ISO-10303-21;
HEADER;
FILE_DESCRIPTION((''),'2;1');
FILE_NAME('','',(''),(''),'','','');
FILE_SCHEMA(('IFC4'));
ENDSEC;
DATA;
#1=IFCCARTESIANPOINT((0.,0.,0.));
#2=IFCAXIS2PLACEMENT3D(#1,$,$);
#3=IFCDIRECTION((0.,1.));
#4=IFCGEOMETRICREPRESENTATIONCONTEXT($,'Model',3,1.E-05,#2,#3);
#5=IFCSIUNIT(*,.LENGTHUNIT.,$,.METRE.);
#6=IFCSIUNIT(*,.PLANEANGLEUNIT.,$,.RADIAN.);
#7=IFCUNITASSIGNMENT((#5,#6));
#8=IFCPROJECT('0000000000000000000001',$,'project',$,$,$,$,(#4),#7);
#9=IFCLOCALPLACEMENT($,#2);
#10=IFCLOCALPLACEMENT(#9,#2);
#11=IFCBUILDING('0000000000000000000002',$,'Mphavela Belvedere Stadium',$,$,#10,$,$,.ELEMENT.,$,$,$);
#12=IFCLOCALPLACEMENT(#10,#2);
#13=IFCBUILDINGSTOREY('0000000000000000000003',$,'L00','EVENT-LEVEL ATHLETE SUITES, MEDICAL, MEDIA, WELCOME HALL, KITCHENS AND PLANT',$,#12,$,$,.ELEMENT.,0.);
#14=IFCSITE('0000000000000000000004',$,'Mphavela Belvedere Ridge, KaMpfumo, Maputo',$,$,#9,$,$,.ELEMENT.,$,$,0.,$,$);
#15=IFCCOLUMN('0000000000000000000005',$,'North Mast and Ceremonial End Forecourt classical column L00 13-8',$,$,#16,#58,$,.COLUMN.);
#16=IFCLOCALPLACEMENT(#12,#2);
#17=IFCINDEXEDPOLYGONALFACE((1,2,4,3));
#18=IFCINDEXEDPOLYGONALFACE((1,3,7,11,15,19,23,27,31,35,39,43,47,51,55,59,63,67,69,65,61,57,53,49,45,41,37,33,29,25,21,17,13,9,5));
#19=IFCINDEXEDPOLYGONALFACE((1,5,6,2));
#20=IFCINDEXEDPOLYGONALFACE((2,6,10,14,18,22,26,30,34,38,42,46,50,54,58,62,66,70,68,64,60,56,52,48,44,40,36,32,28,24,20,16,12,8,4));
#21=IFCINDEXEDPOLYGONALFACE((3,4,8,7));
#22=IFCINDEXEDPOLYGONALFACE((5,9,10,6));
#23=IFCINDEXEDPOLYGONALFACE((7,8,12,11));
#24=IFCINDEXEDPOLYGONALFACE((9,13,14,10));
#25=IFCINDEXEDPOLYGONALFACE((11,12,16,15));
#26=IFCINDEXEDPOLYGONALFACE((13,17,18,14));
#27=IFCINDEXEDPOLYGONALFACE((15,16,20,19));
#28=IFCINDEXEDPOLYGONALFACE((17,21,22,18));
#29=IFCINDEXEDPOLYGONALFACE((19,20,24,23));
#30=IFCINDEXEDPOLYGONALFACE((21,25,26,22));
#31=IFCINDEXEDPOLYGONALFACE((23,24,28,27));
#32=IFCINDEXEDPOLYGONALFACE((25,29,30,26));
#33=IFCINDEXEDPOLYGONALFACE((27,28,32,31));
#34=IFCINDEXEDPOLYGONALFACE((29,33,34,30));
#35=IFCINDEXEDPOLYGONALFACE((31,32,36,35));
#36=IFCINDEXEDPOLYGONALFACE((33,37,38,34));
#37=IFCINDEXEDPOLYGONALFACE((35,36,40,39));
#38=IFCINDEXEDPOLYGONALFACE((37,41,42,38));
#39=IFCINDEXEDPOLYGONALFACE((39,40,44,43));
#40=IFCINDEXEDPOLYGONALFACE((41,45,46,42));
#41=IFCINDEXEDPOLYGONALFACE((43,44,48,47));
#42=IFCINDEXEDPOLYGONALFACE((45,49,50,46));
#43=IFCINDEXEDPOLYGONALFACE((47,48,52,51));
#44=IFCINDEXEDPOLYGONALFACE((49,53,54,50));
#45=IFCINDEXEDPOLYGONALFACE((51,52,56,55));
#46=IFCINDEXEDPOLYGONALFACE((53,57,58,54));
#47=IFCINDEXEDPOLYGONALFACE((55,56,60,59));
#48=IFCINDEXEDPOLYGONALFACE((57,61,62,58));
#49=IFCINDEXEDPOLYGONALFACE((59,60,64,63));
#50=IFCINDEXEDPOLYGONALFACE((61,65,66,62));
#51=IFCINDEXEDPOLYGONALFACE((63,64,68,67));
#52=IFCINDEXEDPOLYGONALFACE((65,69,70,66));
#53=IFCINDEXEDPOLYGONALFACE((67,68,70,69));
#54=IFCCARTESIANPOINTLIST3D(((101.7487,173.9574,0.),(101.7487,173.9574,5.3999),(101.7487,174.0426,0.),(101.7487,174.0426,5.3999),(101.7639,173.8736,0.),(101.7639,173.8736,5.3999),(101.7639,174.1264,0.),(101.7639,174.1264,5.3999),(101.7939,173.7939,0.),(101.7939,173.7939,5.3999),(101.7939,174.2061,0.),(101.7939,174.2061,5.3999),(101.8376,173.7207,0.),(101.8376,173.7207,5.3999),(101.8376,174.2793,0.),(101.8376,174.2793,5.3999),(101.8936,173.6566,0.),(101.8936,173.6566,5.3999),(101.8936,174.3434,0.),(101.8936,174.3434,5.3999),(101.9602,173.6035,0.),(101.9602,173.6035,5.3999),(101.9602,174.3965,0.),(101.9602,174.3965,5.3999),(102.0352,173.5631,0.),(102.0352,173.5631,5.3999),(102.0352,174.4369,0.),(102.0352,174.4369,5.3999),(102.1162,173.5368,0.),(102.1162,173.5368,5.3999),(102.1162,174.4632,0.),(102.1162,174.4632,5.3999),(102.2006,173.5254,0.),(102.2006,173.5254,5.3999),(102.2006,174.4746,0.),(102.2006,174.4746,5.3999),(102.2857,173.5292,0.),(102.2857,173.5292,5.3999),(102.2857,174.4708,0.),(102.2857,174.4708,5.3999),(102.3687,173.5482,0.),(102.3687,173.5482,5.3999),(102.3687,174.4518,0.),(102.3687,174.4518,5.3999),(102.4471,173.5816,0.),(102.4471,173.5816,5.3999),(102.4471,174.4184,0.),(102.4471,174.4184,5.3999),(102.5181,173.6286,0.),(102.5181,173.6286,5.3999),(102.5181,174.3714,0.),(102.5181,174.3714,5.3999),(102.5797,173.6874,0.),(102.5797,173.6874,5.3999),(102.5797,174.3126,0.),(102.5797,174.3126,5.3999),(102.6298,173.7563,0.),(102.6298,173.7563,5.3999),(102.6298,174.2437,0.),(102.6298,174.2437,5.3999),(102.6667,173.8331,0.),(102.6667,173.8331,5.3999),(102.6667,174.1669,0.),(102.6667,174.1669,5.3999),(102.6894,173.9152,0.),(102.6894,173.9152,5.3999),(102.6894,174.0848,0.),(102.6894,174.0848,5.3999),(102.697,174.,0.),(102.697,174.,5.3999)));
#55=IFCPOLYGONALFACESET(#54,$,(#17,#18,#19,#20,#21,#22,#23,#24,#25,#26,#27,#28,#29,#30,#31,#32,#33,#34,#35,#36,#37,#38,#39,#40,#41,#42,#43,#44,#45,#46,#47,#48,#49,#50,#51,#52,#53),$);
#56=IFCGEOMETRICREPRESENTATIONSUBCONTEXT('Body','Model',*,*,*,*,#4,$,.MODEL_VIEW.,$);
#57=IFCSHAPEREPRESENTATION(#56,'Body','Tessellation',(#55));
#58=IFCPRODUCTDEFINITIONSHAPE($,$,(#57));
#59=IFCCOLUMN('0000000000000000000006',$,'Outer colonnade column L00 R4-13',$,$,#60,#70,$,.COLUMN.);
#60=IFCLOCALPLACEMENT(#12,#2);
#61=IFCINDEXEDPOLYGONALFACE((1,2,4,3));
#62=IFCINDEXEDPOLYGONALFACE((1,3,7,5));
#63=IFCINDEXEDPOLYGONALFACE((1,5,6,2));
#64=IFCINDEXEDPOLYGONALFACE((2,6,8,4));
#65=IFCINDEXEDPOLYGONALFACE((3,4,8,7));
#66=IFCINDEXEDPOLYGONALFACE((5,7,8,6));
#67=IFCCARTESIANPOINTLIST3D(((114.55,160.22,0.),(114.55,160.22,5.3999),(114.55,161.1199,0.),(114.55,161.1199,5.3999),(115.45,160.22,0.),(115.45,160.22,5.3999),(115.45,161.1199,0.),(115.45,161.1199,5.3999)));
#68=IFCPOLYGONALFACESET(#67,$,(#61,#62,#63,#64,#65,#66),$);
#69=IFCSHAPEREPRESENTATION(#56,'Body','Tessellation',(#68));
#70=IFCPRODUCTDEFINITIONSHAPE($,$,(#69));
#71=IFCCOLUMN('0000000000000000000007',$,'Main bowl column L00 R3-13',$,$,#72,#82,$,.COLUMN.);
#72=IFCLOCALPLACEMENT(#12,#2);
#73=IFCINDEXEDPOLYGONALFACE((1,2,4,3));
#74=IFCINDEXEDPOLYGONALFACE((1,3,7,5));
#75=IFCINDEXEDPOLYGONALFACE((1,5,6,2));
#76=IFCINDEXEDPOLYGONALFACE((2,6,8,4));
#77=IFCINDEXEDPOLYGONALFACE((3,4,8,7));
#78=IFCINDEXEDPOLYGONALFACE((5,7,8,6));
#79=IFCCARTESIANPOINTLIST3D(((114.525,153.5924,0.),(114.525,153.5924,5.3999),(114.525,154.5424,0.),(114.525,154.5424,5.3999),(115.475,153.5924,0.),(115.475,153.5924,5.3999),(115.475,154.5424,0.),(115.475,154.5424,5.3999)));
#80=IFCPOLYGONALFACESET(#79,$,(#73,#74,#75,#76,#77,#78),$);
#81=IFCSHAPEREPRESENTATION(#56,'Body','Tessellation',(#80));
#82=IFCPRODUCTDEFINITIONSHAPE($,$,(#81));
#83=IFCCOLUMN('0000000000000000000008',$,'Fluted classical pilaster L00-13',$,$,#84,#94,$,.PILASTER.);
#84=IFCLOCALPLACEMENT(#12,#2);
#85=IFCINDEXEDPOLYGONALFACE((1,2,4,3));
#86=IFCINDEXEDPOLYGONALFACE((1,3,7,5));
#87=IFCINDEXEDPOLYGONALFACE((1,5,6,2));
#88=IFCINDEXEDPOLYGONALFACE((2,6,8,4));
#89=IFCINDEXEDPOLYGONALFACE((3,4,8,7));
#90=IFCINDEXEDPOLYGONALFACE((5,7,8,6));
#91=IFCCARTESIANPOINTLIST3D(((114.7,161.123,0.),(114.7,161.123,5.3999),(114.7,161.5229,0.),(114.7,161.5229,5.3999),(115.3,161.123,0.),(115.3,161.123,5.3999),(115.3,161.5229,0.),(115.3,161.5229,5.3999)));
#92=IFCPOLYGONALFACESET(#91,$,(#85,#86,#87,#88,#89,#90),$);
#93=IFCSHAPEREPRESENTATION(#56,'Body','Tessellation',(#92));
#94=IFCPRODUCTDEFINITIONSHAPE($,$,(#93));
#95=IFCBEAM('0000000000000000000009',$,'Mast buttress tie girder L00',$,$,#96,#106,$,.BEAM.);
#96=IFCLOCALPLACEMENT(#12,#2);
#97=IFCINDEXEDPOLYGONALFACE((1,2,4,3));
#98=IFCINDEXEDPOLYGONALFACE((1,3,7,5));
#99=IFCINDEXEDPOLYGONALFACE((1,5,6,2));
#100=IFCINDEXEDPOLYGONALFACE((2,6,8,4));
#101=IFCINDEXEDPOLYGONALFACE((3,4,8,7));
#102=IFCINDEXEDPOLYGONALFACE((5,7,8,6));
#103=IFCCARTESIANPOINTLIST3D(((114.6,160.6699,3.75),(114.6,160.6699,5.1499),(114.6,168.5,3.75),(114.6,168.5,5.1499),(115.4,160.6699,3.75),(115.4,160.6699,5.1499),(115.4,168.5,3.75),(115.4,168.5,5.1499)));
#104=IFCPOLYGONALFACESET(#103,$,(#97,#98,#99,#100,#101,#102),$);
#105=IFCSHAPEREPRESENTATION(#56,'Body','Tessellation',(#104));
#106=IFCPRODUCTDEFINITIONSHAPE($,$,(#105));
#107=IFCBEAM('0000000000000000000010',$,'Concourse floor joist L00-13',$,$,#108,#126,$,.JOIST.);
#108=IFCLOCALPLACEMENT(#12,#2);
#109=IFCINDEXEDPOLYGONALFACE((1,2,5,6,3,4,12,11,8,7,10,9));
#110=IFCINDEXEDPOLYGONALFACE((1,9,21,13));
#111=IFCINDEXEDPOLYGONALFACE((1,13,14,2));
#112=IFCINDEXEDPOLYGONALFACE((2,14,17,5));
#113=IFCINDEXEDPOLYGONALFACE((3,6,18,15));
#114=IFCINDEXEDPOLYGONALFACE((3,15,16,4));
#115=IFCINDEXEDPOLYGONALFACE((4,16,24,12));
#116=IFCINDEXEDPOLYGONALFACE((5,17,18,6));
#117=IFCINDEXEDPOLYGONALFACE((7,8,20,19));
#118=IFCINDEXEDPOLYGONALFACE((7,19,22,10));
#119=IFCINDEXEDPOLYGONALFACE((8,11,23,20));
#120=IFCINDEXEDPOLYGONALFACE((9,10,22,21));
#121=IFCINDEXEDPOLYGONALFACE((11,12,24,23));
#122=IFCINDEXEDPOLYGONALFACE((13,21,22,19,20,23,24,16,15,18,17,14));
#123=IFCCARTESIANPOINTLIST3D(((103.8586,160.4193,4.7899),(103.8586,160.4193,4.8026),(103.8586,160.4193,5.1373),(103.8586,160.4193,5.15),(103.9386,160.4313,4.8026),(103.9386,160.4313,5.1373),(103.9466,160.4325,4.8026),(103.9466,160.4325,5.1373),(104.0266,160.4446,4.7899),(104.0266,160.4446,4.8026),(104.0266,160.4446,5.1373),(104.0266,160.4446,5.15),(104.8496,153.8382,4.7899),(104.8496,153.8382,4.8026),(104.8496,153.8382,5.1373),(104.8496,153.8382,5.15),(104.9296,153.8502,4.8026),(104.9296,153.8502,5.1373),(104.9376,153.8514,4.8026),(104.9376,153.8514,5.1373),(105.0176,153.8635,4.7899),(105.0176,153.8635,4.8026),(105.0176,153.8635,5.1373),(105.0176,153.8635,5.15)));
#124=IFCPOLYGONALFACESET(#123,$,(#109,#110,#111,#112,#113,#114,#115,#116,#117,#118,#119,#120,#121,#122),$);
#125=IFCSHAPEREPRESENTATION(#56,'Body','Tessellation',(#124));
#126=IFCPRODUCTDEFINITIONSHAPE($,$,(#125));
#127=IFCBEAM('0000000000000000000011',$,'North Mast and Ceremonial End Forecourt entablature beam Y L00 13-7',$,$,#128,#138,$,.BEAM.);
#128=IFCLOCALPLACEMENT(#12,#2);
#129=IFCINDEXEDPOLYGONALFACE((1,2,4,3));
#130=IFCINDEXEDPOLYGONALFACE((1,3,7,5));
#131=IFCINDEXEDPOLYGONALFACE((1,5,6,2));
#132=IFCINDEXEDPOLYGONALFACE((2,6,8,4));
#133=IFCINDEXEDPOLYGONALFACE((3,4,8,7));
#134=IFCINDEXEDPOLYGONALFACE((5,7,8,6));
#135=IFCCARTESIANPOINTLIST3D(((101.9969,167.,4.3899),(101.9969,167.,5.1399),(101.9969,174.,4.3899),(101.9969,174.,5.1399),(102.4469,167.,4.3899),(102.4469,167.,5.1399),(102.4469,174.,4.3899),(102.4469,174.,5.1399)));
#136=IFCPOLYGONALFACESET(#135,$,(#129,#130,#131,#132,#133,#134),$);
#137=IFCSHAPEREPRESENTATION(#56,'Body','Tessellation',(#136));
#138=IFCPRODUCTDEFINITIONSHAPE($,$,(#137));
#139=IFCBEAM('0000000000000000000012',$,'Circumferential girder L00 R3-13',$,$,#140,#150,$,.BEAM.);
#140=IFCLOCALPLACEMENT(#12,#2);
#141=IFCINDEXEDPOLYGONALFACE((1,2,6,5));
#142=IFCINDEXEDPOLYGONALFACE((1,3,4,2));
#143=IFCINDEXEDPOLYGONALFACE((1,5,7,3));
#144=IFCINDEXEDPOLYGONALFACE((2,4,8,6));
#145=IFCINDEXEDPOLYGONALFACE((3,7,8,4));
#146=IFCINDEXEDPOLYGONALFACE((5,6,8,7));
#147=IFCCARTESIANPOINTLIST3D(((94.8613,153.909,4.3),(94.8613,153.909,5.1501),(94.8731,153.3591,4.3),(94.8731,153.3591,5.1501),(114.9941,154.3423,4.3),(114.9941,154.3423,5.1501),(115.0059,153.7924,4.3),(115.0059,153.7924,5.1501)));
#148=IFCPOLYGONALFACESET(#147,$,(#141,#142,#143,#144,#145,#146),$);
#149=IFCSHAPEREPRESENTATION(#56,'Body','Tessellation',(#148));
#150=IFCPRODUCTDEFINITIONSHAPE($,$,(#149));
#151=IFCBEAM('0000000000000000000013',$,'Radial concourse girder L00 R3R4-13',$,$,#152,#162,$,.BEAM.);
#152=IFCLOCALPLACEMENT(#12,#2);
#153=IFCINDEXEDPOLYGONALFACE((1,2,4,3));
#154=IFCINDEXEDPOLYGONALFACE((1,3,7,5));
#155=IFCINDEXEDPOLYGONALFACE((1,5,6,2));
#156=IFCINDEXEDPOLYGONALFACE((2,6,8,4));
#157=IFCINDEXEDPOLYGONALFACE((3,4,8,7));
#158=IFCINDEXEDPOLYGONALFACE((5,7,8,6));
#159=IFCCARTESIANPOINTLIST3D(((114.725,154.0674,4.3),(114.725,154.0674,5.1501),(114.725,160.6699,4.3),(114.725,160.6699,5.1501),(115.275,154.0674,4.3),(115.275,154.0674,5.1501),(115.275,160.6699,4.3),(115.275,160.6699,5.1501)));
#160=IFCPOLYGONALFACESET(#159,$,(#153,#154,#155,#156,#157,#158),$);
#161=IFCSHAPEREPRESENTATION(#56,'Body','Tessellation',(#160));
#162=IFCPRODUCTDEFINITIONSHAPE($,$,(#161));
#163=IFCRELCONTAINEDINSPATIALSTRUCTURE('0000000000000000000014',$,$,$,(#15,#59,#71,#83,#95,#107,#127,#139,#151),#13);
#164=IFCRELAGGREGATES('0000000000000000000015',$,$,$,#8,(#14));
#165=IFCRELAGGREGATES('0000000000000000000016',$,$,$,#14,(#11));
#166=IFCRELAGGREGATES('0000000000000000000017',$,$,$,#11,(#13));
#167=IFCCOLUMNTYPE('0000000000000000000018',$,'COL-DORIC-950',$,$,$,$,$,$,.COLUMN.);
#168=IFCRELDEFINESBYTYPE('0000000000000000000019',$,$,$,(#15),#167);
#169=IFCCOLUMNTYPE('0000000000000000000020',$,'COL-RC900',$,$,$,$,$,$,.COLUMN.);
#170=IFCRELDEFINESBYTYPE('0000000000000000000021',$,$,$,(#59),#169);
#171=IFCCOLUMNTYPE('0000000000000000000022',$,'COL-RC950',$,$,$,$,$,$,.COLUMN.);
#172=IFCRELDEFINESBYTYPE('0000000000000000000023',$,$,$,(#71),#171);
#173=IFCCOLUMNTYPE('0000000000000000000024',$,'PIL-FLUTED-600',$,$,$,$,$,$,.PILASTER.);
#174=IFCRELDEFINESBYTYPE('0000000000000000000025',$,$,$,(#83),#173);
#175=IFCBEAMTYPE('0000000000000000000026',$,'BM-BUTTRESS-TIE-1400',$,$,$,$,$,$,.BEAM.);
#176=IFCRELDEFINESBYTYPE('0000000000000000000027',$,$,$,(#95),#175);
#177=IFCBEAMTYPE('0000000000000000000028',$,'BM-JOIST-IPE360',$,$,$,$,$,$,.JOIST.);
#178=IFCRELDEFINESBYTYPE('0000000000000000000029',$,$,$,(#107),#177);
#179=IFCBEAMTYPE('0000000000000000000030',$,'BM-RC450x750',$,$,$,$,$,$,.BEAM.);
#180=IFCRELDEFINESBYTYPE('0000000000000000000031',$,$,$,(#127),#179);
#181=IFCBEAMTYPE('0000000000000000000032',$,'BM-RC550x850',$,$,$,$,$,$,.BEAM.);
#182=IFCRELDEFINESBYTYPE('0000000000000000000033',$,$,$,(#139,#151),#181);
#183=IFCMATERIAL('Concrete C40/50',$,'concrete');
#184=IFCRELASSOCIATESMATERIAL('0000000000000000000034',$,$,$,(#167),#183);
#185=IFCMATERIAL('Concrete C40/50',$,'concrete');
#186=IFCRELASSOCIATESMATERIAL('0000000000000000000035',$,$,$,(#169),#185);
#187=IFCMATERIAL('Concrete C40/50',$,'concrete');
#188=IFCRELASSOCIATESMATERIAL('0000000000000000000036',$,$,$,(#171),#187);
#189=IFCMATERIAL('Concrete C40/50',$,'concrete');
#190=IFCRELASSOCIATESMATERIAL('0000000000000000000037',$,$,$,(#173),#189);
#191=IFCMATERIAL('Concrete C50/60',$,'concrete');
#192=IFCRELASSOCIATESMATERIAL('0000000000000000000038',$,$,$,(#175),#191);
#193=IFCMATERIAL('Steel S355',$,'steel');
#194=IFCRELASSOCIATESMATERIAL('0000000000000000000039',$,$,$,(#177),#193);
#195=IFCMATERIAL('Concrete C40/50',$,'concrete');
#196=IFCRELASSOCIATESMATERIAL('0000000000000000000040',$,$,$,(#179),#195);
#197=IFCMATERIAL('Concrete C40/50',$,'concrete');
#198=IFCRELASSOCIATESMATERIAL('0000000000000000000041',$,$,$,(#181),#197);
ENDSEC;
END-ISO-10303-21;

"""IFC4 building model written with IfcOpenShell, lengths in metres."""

from ifc_helpers import new_model, si_unit, direction, frame, origin, origin_2d, place, context, subcontext, project, spatial, rectangle, circle, i_section, extrude, material, material_profile, profile_set, type_object, element, save


model = new_model("IFC4")

# Units and contexts
model_context = context("Model", 3, precision=1e-05, world=origin(), true_north=direction((0.0, 1.0)))
body_context = subcontext(model_context, "Body", "Model", "MODEL_VIEW")
ifc_project = project(units=[si_unit("LENGTHUNIT", "METRE"), si_unit("PLANEANGLEUNIT", "RADIAN")], contexts=[model_context])

# Site, building, storey
site_placement = place(None, origin())
site = spatial("IfcSite", under=ifc_project, at=site_placement, Name="Mphavela Belvedere Ridge, KaMpfumo, Maputo", CompositionType="ELEMENT", RefElevation=0.0)
building_placement = place(site_placement, origin())
building = spatial("IfcBuilding", under=site, at=building_placement, Name="Mphavela Belvedere Stadium", CompositionType="ELEMENT")
storey_placement = place(building_placement, origin())
storey = spatial("IfcBuildingStorey", under=building, at=storey_placement, Name="L00", Description="EVENT-LEVEL ATHLETE SUITES, MEDICAL, MEDIA, WELCOME HALL, KITCHENS AND PLANT", CompositionType="ELEMENT", Elevation=0.0)

# Columns
ifc_material_1 = material(Name="Concrete C40/50", Category="concrete")
ifc_material_profile_1 = material_profile(ifc_material_1, circle(Radius=0.4751, at=origin_2d()), Name="COL D950")
ifc_profile_set_1 = profile_set([ifc_material_profile_1], Name="Concrete C40/50")
column_type_1 = type_object("IfcColumnType", Name="COL-DORIC-950", PredefinedType="COLUMN", material=ifc_profile_set_1)
for number, where, z_axis, x_axis, name in (
    (1, (102.2219, 174.0, 0.0), (0.0, 0.0, 1.0), (1.0, 0.0, 0.0), "North Mast and Ceremonial End Forecourt classical column L00 13-8"),
):
    element("IfcColumn", number, at=place(storey_placement, frame(where, z_axis=z_axis, x_axis=x_axis)), inside=storey, type_object=column_type_1, Name=name, PredefinedType="COLUMN", context=body_context, shape_type="SweptSolid", body=[
        extrude(circle(Radius=0.4751, at=origin_2d()), origin(), (0.0, 0.0, 1.0), 5.3999),
    ])
ifc_material_2 = material(Name="Concrete C40/50", Category="concrete")
ifc_material_profile_2 = material_profile(ifc_material_2, rectangle(XDim=0.8999, YDim=0.8999, at=origin_2d()), Name="RC 900x900")
ifc_profile_set_2 = profile_set([ifc_material_profile_2], Name="Concrete C40/50")
column_type_2 = type_object("IfcColumnType", Name="COL-RC900", PredefinedType="COLUMN", material=ifc_profile_set_2)
column_1_placement = place(storey_placement, frame((115.0, 160.6699, 0.0), z_axis=(0.0, 0.0, 1.0), x_axis=(0.0, 1.0, 0.0)))
element("IfcColumn", 2, at=column_1_placement, inside=storey, type_object=column_type_2, Name="Outer colonnade column L00 R4-13", PredefinedType="COLUMN", context=body_context, shape_type="SweptSolid", body=[
    extrude(rectangle(XDim=0.8999, YDim=0.8999, at=origin_2d()), origin(), (0.0, 0.0, 1.0), 5.3999),
])
ifc_material_3 = material(Name="Concrete C40/50", Category="concrete")
ifc_material_profile_3 = material_profile(ifc_material_3, rectangle(XDim=0.95, YDim=0.95, at=origin_2d()), Name="RC 950x950")
ifc_profile_set_3 = profile_set([ifc_material_profile_3], Name="Concrete C40/50")
column_type_3 = type_object("IfcColumnType", Name="COL-RC950", PredefinedType="COLUMN", material=ifc_profile_set_3)
column_2_placement = place(storey_placement, frame((115.0, 154.0674, 0.0), z_axis=(0.0, 0.0, 1.0), x_axis=(0.0, 1.0, 0.0)))
element("IfcColumn", 3, at=column_2_placement, inside=storey, type_object=column_type_3, Name="Main bowl column L00 R3-13", PredefinedType="COLUMN", context=body_context, shape_type="SweptSolid", body=[
    extrude(rectangle(XDim=0.95, YDim=0.95, at=origin_2d()), origin(), (0.0, 0.0, 1.0), 5.3999),
])
ifc_material_4 = material(Name="Concrete C40/50", Category="concrete")
ifc_material_profile_4 = material_profile(ifc_material_4, rectangle(XDim=0.6001, YDim=0.3999, at=origin_2d()), Name="PIL 600x400")
ifc_profile_set_4 = profile_set([ifc_material_profile_4], Name="Concrete C40/50")
column_type_4 = type_object("IfcColumnType", Name="PIL-FLUTED-600", PredefinedType="PILASTER", material=ifc_profile_set_4)
column_3_placement = place(storey_placement, frame((115.0, 161.323, 0.0), z_axis=(0.0, 0.0, 1.0), x_axis=(-1.0, 0.0, 0.0)))
element("IfcColumn", 4, at=column_3_placement, inside=storey, type_object=column_type_4, Name="Fluted classical pilaster L00-13", PredefinedType="PILASTER", context=body_context, shape_type="SweptSolid", body=[
    extrude(rectangle(XDim=0.6001, YDim=0.3999, at=origin_2d()), origin(), (0.0, 0.0, 1.0), 5.3999),
])

# Beams
ifc_material_5 = material(Name="Concrete C50/60", Category="concrete")
ifc_material_profile_5 = material_profile(ifc_material_5, rectangle(XDim=0.8, YDim=1.3999, at=origin_2d()), Name="RC 800x1400")
ifc_profile_set_5 = profile_set([ifc_material_profile_5], Name="Concrete C50/60")
beam_type_1 = type_object("IfcBeamType", Name="BM-BUTTRESS-TIE-1400", PredefinedType="BEAM", material=ifc_profile_set_5)
beam_1_placement = place(storey_placement, frame((115.0, 160.6699, 4.45), z_axis=(0.0, 1.0, 0.0), x_axis=(-1.0, 0.0, 0.0)))
element("IfcBeam", 5, at=beam_1_placement, inside=storey, type_object=beam_type_1, Name="Mast buttress tie girder L00", PredefinedType="BEAM", context=body_context, shape_type="SweptSolid", body=[
    extrude(rectangle(XDim=0.8, YDim=1.3999, at=origin_2d()), origin(), (0.0, 0.0, 1.0), 7.8301),
])
ifc_material_6 = material(Name="Steel S355", Category="steel")
ifc_material_profile_6 = material_profile(ifc_material_6, i_section(OverallWidth=0.1699, OverallDepth=0.3601, WebThickness=0.0081, FlangeThickness=0.0127, at=origin_2d()), Name="IPE 360")
ifc_profile_set_6 = profile_set([ifc_material_profile_6], Name="Steel S355")
beam_type_2 = type_object("IfcBeamType", Name="BM-JOIST-IPE360", PredefinedType="JOIST", material=ifc_profile_set_6)
beam_2_placement = place(storey_placement, frame((104.9336, 153.8508, 4.97), z_axis=(-0.1489, 0.988852, 0.0), x_axis=(-0.988852, -0.1489, 0.0)))
element("IfcBeam", 6, at=beam_2_placement, inside=storey, type_object=beam_type_2, Name="Concourse floor joist L00-13", PredefinedType="JOIST", context=body_context, shape_type="SweptSolid", body=[
    extrude(i_section(OverallWidth=0.1699, OverallDepth=0.3601, WebThickness=0.0081, FlangeThickness=0.0127, at=origin_2d()), origin(), (0.0, 0.0, 1.0), 6.6553),
])
ifc_material_7 = material(Name="Concrete C40/50", Category="concrete")
ifc_material_profile_7 = material_profile(ifc_material_7, rectangle(XDim=0.45, YDim=0.75, at=origin_2d()), Name="RC 450x750")
ifc_profile_set_7 = profile_set([ifc_material_profile_7], Name="Concrete C40/50")
beam_type_3 = type_object("IfcBeamType", Name="BM-RC450x750", PredefinedType="BEAM", material=ifc_profile_set_7)
beam_3_placement = place(storey_placement, frame((102.2219, 167.0, 4.7649), z_axis=(0.0, 1.0, 0.0), x_axis=(-1.0, 0.0, 0.0)))
element("IfcBeam", 7, at=beam_3_placement, inside=storey, type_object=beam_type_3, Name="North Mast and Ceremonial End Forecourt entablature beam Y L00 13-7", PredefinedType="BEAM", context=body_context, shape_type="SweptSolid", body=[
    extrude(rectangle(XDim=0.45, YDim=0.75, at=origin_2d()), origin(), (0.0, 0.0, 1.0), 7.0),
])
ifc_material_8 = material(Name="Concrete C40/50", Category="concrete")
ifc_material_profile_8 = material_profile(ifc_material_8, rectangle(XDim=0.55, YDim=0.8501, at=origin_2d()), Name="RC 550x850")
ifc_profile_set_8 = profile_set([ifc_material_profile_8], Name="Concrete C40/50")
beam_type_4 = type_object("IfcBeamType", Name="BM-RC550x850", PredefinedType="BEAM", material=ifc_profile_set_8)
beam_4_placement = place(storey_placement, frame((115.0, 154.0674, 4.7251), z_axis=(-0.999768, -0.02152, 0.0), x_axis=(0.02152, -0.999768, 0.0)))
element("IfcBeam", 8, at=beam_4_placement, inside=storey, type_object=beam_type_4, Name="Circumferential girder L00 R3-13", PredefinedType="BEAM", context=body_context, shape_type="SweptSolid", body=[
    extrude(rectangle(XDim=0.55, YDim=0.8501, at=origin_2d()), origin(), (0.0, 0.0, 1.0), 20.1375),
])
beam_5_placement = place(storey_placement, frame((115.0, 154.0674, 4.7251), z_axis=(0.0, 1.0, 0.0), x_axis=(-1.0, 0.0, 0.0)))
element("IfcBeam", 9, at=beam_5_placement, inside=storey, type_object=beam_type_4, Name="Radial concourse girder L00 R3R4-13", PredefinedType="BEAM", context=body_context, shape_type="SweptSolid", body=[
    extrude(rectangle(XDim=0.55, YDim=0.8501, at=origin_2d()), origin(), (0.0, 0.0, 1.0), 6.6025),
])

save(model, "model.ifc")
